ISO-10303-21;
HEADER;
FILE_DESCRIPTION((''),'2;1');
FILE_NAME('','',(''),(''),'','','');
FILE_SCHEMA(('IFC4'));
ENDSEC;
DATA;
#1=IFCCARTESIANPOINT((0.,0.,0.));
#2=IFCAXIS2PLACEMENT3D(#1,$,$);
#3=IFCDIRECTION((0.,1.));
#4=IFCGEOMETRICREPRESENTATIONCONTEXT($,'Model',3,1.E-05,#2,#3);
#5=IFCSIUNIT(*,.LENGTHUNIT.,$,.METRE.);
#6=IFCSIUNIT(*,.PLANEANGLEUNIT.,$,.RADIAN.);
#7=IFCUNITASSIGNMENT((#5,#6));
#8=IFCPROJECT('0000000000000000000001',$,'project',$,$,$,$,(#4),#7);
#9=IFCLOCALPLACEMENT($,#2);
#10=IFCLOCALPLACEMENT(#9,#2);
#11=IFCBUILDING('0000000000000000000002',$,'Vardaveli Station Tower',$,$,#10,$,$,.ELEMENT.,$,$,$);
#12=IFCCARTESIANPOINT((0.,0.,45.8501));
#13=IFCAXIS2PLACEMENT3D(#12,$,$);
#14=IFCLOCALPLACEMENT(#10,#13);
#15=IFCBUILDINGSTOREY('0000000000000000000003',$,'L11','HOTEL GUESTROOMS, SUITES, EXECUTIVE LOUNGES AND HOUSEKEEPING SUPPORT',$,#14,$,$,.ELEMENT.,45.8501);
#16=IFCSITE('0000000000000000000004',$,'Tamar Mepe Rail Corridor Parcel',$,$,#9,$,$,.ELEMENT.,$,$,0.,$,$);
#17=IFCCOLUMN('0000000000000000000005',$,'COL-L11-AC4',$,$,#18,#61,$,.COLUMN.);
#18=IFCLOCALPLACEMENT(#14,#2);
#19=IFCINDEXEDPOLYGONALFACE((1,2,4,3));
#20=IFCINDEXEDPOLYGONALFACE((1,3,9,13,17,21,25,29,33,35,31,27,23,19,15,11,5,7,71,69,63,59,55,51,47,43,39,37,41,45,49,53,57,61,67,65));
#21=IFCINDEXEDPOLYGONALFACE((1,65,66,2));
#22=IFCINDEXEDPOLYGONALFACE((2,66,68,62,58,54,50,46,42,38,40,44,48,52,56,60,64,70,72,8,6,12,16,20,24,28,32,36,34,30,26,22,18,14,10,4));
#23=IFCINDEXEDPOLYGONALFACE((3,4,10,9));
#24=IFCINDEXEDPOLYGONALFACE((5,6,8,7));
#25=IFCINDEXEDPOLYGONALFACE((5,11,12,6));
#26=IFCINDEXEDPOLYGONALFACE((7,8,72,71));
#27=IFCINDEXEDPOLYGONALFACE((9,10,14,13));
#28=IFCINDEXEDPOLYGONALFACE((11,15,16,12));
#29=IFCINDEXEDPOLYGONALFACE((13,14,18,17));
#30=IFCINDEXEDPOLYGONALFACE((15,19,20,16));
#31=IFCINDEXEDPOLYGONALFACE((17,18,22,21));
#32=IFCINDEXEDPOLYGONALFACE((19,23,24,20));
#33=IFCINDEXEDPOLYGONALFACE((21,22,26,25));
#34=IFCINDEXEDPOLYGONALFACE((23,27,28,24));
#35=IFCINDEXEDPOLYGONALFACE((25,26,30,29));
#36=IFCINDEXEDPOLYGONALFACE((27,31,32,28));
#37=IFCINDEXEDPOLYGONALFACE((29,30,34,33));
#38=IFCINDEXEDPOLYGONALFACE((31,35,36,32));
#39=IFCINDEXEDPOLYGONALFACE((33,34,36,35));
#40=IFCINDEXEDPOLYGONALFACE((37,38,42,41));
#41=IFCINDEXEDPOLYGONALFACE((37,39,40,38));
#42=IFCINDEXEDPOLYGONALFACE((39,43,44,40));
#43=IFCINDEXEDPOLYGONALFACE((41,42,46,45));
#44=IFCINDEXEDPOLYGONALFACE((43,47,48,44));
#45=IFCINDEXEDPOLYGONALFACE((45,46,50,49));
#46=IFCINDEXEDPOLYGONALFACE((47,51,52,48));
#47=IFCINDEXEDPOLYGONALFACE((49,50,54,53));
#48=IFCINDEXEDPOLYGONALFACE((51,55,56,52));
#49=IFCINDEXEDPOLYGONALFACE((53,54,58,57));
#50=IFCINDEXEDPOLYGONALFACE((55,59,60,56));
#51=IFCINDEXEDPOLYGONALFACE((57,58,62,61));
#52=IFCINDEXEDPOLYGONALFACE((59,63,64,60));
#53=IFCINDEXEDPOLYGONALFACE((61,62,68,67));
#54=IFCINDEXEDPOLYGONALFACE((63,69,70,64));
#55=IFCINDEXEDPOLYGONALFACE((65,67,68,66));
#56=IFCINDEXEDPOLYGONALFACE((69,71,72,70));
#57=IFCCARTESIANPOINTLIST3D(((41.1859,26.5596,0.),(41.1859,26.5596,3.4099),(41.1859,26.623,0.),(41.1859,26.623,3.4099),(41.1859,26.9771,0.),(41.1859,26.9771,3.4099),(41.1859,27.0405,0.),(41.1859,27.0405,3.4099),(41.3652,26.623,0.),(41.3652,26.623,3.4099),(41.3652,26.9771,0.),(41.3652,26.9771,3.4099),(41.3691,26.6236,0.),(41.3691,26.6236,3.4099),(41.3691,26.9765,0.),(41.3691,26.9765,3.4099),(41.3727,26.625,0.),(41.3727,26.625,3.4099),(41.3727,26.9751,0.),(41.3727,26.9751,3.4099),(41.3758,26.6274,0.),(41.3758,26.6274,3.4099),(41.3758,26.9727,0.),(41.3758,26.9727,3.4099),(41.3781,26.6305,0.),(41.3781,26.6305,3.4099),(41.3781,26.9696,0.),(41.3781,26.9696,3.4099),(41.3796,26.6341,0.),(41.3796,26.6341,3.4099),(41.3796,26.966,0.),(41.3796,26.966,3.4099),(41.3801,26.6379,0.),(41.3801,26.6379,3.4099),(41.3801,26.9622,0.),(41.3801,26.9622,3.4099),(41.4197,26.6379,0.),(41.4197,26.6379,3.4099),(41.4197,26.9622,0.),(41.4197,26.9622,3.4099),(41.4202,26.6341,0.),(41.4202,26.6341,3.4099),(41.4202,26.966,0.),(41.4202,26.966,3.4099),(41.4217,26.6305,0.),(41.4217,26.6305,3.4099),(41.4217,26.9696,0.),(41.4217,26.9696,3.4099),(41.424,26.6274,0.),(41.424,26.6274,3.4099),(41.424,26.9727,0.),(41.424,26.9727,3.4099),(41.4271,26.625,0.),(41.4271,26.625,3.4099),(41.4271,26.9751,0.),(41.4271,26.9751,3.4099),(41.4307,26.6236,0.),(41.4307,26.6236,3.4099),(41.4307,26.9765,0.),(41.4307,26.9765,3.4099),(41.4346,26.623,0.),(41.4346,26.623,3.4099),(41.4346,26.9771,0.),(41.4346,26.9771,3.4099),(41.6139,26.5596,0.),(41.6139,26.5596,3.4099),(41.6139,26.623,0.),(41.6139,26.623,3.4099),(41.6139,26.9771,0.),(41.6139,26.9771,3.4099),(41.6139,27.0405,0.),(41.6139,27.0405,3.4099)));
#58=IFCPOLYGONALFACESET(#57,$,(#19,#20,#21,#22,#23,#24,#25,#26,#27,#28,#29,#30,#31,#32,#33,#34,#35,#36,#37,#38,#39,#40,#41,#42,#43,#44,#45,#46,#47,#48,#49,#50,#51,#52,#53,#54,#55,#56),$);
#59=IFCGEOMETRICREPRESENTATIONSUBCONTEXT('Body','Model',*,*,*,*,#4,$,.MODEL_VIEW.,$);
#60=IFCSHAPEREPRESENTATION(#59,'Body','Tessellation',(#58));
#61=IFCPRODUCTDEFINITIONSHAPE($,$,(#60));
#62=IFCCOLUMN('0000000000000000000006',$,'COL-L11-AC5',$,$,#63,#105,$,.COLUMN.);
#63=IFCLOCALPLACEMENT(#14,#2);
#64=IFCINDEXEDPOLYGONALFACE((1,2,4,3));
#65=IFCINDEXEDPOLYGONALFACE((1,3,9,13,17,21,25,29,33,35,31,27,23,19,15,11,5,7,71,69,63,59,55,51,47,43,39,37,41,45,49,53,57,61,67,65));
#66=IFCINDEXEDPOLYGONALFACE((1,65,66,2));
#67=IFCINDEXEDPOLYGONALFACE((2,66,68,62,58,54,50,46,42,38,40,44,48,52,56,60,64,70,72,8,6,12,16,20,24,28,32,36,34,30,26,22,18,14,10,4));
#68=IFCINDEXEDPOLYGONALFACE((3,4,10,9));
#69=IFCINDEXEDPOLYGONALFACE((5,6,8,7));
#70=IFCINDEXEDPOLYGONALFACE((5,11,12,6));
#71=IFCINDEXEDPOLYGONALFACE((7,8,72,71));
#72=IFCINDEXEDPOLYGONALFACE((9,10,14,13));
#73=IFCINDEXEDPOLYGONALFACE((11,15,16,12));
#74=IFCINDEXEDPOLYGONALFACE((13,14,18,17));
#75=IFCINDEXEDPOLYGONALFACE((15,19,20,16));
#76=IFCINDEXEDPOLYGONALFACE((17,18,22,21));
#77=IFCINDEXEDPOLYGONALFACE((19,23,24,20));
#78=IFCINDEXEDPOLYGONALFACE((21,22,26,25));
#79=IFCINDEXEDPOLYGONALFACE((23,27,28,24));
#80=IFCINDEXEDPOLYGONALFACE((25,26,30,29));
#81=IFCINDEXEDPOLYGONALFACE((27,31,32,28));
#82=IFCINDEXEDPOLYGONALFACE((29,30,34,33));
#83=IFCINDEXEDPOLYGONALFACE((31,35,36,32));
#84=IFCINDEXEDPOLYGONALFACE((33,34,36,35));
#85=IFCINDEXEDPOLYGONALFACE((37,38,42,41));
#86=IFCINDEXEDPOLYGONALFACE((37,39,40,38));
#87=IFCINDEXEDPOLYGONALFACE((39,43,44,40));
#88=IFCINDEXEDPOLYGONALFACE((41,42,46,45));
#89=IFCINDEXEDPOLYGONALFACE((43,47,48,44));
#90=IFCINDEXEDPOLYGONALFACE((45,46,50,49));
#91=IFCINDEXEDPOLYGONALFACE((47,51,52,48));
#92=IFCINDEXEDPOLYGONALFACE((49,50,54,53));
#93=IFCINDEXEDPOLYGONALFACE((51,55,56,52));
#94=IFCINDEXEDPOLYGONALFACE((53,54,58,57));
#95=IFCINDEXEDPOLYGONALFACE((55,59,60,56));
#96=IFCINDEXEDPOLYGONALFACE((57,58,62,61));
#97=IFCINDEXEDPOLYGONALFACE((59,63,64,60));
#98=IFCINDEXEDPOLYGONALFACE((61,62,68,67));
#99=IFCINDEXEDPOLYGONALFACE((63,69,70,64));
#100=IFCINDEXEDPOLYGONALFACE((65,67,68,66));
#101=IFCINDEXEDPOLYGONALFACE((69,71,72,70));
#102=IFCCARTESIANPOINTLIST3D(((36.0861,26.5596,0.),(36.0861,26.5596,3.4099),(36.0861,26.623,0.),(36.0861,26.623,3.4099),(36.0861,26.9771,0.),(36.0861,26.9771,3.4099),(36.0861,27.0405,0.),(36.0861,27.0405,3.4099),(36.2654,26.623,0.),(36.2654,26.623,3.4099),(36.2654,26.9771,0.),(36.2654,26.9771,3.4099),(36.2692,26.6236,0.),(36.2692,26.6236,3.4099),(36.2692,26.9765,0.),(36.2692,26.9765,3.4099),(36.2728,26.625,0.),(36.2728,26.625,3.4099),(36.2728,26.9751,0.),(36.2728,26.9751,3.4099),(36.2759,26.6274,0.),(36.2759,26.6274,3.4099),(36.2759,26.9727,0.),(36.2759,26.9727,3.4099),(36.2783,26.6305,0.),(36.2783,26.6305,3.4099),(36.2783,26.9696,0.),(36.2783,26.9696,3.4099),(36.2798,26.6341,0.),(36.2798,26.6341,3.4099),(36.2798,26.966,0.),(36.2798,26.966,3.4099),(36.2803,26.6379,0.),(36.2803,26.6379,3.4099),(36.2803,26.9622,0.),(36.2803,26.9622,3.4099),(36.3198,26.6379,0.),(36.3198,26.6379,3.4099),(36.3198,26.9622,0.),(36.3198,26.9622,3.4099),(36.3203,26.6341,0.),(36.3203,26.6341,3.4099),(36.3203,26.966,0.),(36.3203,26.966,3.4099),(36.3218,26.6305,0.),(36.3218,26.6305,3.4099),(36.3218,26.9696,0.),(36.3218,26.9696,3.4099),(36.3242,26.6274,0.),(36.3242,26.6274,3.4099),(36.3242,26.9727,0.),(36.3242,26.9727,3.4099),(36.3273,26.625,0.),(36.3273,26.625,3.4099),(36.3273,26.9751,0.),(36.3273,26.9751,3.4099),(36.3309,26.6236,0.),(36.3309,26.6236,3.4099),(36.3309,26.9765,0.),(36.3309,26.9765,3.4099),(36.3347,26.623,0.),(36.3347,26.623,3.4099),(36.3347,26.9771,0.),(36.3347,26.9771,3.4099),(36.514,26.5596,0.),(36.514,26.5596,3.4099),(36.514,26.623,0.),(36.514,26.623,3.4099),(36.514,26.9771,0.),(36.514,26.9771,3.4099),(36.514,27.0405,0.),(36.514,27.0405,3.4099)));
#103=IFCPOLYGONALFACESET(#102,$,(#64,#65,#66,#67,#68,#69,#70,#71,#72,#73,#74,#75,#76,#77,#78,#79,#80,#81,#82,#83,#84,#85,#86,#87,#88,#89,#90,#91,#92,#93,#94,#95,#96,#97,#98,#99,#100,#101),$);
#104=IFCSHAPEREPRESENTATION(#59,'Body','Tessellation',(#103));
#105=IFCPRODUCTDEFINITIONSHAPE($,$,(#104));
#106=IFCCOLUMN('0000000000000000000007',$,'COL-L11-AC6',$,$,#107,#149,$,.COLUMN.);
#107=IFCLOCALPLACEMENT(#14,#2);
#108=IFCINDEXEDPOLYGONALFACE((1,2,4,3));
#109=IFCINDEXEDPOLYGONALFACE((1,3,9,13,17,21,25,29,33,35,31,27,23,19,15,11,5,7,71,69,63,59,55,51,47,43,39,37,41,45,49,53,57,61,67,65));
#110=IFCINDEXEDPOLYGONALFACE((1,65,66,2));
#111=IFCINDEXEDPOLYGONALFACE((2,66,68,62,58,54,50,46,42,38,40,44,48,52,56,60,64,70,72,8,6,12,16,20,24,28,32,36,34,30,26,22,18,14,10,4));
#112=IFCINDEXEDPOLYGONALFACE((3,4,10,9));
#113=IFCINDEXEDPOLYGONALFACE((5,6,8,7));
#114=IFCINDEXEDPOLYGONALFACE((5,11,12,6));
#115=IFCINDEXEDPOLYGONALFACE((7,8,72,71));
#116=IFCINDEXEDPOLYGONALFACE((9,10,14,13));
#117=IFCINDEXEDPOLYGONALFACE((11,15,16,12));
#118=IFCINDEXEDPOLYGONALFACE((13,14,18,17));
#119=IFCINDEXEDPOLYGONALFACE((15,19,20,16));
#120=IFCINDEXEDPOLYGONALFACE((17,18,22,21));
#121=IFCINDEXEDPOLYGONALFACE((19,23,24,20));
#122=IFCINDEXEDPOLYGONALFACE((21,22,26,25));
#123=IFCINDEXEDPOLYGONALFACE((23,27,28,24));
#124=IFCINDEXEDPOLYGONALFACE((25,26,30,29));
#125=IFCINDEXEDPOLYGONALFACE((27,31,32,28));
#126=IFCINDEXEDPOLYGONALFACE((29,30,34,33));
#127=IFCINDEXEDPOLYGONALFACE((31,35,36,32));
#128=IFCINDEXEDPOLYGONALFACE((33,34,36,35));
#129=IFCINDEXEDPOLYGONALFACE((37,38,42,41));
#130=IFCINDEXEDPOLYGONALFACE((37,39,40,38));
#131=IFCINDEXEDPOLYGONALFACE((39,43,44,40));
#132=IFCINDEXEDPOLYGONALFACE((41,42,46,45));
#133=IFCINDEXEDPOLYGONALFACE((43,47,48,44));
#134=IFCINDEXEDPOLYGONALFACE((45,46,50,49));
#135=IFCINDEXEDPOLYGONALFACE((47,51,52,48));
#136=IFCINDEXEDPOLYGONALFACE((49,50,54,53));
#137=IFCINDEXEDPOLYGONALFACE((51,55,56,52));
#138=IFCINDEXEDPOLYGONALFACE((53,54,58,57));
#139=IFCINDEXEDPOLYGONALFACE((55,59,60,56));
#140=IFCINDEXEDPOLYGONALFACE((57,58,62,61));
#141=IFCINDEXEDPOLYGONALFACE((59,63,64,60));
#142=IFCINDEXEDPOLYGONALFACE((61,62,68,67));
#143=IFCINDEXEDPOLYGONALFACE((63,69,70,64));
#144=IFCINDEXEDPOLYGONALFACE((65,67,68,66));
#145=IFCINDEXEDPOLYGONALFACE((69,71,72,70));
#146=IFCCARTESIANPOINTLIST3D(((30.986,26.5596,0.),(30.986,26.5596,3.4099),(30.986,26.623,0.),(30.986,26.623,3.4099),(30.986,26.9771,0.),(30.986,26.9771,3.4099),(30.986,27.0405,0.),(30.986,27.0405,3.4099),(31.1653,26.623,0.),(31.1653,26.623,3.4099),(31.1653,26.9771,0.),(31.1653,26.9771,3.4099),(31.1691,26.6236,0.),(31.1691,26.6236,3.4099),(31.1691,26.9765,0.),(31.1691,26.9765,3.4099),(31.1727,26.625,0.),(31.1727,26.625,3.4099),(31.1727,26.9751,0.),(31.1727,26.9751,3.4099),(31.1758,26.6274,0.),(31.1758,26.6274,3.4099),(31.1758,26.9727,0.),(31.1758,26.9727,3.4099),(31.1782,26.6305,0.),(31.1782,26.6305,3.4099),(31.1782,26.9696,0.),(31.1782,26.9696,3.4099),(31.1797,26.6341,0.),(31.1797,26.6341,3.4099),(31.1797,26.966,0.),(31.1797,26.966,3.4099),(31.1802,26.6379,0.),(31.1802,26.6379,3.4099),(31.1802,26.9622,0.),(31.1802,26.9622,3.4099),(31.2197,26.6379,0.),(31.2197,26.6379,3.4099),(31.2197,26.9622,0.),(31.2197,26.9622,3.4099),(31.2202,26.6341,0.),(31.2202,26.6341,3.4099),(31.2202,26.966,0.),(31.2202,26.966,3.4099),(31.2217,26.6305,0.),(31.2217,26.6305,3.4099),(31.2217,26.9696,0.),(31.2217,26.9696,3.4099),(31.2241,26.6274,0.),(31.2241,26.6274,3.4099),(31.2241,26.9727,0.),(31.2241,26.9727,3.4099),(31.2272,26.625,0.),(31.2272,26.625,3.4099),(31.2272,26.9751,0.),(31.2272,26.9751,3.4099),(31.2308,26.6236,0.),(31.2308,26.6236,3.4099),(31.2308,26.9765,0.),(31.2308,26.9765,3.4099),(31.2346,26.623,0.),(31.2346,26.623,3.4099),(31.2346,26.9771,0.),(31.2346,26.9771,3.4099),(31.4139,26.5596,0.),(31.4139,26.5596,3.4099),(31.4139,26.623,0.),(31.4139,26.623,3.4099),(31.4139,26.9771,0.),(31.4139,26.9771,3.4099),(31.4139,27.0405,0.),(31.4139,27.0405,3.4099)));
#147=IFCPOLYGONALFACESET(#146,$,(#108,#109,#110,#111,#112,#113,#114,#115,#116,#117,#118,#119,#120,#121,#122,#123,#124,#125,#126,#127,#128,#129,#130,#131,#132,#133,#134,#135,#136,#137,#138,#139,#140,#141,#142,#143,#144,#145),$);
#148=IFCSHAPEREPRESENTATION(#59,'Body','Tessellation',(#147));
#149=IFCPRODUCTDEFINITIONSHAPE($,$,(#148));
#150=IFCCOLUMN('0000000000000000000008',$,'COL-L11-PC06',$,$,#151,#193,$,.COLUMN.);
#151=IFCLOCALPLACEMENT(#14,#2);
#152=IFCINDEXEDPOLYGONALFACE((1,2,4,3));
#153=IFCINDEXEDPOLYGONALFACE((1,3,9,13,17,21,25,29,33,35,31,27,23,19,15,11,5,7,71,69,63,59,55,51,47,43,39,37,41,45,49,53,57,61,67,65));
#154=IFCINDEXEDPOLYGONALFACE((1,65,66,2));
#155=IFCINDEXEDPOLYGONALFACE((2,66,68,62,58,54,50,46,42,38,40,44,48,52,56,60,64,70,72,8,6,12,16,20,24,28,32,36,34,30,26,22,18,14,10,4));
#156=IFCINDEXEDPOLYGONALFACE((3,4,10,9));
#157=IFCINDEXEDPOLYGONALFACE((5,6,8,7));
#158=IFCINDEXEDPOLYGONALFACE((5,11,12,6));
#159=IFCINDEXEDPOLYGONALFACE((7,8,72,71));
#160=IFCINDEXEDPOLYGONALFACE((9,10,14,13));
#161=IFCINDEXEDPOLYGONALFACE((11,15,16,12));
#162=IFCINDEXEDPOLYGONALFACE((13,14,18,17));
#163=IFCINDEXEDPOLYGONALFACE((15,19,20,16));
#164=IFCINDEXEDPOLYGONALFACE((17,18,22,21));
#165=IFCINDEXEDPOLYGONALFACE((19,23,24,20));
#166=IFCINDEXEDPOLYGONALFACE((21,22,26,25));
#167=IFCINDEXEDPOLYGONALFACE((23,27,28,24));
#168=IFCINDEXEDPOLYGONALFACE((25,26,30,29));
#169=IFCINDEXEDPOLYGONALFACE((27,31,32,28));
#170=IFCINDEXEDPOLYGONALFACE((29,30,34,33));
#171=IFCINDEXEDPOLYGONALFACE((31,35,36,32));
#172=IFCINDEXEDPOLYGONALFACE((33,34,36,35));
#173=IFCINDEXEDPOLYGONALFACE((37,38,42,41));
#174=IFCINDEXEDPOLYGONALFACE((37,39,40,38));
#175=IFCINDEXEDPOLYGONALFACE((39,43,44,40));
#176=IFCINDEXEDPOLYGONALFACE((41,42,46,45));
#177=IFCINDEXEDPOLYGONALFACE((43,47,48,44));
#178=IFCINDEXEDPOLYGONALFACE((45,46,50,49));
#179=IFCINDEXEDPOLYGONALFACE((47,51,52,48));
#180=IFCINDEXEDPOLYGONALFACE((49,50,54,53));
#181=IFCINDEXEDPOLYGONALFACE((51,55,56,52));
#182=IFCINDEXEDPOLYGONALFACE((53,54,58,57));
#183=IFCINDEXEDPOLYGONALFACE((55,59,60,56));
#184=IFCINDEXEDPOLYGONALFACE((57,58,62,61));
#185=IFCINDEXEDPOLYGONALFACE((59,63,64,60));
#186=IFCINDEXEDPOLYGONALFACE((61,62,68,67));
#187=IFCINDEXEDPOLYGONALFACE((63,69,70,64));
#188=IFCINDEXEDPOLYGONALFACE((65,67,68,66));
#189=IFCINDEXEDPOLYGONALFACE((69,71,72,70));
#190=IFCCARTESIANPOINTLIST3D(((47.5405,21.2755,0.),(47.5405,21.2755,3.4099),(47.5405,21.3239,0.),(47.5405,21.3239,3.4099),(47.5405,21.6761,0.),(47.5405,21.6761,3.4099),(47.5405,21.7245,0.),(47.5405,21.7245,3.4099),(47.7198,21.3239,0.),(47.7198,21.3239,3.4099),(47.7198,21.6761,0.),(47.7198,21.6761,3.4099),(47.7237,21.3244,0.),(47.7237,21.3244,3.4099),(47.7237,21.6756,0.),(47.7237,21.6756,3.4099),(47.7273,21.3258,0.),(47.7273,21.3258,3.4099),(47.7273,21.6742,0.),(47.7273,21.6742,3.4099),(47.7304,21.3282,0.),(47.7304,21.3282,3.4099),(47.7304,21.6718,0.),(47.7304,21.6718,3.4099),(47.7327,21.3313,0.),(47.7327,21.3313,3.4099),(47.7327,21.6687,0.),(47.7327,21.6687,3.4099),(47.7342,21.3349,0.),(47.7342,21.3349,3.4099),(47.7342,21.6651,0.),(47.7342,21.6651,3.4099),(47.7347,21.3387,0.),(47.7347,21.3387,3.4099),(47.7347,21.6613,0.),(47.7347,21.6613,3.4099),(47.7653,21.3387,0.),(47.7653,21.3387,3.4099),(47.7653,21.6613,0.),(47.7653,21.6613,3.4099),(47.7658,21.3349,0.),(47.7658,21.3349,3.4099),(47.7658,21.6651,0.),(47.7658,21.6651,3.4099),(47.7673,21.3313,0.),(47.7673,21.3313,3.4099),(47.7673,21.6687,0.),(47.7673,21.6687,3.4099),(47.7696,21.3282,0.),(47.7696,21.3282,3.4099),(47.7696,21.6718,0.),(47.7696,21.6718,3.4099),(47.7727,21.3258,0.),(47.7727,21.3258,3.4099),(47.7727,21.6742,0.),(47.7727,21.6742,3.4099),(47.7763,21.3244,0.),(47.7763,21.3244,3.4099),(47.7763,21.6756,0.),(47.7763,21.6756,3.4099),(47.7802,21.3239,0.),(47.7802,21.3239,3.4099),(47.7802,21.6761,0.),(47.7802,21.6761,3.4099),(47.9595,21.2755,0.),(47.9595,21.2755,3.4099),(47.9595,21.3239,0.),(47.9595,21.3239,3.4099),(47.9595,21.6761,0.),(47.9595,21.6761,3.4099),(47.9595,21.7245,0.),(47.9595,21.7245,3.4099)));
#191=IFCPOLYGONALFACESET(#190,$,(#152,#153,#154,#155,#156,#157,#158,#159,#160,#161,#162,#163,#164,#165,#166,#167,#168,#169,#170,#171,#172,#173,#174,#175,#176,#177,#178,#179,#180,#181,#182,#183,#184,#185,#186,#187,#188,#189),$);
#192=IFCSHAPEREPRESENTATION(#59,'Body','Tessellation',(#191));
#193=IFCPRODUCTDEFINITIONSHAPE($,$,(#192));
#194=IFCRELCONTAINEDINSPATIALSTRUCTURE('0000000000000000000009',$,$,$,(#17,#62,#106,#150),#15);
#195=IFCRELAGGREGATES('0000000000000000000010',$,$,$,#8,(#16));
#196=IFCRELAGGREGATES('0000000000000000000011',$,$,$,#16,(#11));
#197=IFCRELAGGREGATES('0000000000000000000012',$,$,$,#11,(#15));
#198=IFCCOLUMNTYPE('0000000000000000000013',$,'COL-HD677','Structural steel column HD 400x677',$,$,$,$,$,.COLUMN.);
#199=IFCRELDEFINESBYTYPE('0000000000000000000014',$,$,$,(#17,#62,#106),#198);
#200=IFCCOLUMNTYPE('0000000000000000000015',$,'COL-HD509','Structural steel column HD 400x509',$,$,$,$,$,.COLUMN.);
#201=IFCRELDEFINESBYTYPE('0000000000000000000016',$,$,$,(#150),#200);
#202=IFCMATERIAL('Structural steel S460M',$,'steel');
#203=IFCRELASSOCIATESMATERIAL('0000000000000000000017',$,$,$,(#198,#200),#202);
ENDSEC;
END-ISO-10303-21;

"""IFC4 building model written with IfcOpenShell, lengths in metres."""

from ifc_helpers import new_model, si_unit, direction, frame, origin, origin_2d, place, context, subcontext, project, spatial, i_section, extrude, source, transform, mapped, material, material_profile, profile_set, type_object, element, save


model = new_model("IFC4")

# Units and contexts
model_context = context("Model", 3, precision=1e-05, world=origin(), true_north=direction((0.0, 1.0)))
body_context = subcontext(model_context, "Body", "Model", "MODEL_VIEW")
ifc_project = project(units=[si_unit("LENGTHUNIT", "METRE"), si_unit("PLANEANGLEUNIT", "RADIAN")], contexts=[model_context])

# Site, building, storey
site_placement = place(None, origin())
site = spatial("IfcSite", under=ifc_project, at=site_placement, Name="Tamar Mepe Rail Corridor Parcel", CompositionType="ELEMENT", RefElevation=0.0)
building_placement = place(site_placement, origin())
building = spatial("IfcBuilding", under=site, at=building_placement, Name="Vardaveli Station Tower", CompositionType="ELEMENT")
storey_placement = place(building_placement, frame((0.0, 0.0, 45.8501)))
storey = spatial("IfcBuildingStorey", under=building, at=storey_placement, Name="L11", Description="HOTEL GUESTROOMS, SUITES, EXECUTIVE LOUNGES AND HOUSEKEEPING SUPPORT", CompositionType="ELEMENT", Elevation=45.8501)

# Columns
ifc_material_1 = material(Name="Structural steel S460M", Category="steel")
ifc_material_profile_1 = material_profile(ifc_material_1, i_section(OverallWidth=0.428, OverallDepth=0.481, WebThickness=0.0396, FlangeThickness=0.0635, FilletRadius=0.0149, at=origin_2d()), Name="HD 400x677")
ifc_profile_set_1 = profile_set([ifc_material_profile_1], Name="Structural steel S460M")
column_type_1 = type_object("IfcColumnType", Name="COL-HD677", Description="Structural steel column HD 400x677", PredefinedType="COLUMN", material=ifc_profile_set_1)
shared_shape_1 = source(origin(), body_context, "Body", "SweptSolid", [
    extrude(i_section(OverallWidth=0.428, OverallDepth=0.481, WebThickness=0.0396, FlangeThickness=0.0635, FilletRadius=0.0149, at=origin_2d()), origin(), (0.0, 0.0, 1.0), 3.4099),
])
for number, where, z_axis, x_axis, name in (
    (1, (41.3999, 26.8, 0.0), (0.0, 0.0, 1.0), (1.0, 0.0, 0.0), "COL-L11-AC4"),
    (2, (36.3, 26.8, 0.0), (0.0, 0.0, 1.0), (1.0, 0.0, 0.0), "COL-L11-AC5"),
    (3, (31.2, 26.8, 0.0), (0.0, 0.0, 1.0), (1.0, 0.0, 0.0), "COL-L11-AC6"),
):
    element("IfcColumn", number, at=place(storey_placement, frame(where, z_axis=z_axis, x_axis=x_axis)), inside=storey, type_object=column_type_1, Name=name, PredefinedType="COLUMN", context=body_context, shape_type="MappedRepresentation", body=[
        mapped(shared_shape_1, transform((0.0, 0.0, 0.0), scale=1.0)),
    ])
ifc_material_profile_2 = material_profile(ifc_material_1, i_section(OverallWidth=0.4189, OverallDepth=0.449, WebThickness=0.0305, FlangeThickness=0.0483, FilletRadius=0.0149, at=origin_2d()), Name="HD 400x509")
ifc_profile_set_2 = profile_set([ifc_material_profile_2], Name="Structural steel S460M")
column_type_2 = type_object("IfcColumnType", Name="COL-HD509", Description="Structural steel column HD 400x509", PredefinedType="COLUMN", material=ifc_profile_set_2)
shared_shape_2 = source(origin(), body_context, "Body", "SweptSolid", [
    extrude(i_section(OverallWidth=0.4189, OverallDepth=0.449, WebThickness=0.0305, FlangeThickness=0.0483, FilletRadius=0.0149, at=origin_2d()), origin(), (0.0, 0.0, 1.0), 3.4099),
])
column_placement = place(storey_placement, frame((47.75, 21.5, 0.0), z_axis=(0.0, 0.0, 1.0), x_axis=(1.0, 0.0, 0.0)))
element("IfcColumn", 4, at=column_placement, inside=storey, type_object=column_type_2, Name="COL-L11-PC06", PredefinedType="COLUMN", context=body_context, shape_type="MappedRepresentation", body=[
    mapped(shared_shape_2, transform((0.0, 0.0, 0.0), scale=1.0)),
])

save(model, "model.ifc")
